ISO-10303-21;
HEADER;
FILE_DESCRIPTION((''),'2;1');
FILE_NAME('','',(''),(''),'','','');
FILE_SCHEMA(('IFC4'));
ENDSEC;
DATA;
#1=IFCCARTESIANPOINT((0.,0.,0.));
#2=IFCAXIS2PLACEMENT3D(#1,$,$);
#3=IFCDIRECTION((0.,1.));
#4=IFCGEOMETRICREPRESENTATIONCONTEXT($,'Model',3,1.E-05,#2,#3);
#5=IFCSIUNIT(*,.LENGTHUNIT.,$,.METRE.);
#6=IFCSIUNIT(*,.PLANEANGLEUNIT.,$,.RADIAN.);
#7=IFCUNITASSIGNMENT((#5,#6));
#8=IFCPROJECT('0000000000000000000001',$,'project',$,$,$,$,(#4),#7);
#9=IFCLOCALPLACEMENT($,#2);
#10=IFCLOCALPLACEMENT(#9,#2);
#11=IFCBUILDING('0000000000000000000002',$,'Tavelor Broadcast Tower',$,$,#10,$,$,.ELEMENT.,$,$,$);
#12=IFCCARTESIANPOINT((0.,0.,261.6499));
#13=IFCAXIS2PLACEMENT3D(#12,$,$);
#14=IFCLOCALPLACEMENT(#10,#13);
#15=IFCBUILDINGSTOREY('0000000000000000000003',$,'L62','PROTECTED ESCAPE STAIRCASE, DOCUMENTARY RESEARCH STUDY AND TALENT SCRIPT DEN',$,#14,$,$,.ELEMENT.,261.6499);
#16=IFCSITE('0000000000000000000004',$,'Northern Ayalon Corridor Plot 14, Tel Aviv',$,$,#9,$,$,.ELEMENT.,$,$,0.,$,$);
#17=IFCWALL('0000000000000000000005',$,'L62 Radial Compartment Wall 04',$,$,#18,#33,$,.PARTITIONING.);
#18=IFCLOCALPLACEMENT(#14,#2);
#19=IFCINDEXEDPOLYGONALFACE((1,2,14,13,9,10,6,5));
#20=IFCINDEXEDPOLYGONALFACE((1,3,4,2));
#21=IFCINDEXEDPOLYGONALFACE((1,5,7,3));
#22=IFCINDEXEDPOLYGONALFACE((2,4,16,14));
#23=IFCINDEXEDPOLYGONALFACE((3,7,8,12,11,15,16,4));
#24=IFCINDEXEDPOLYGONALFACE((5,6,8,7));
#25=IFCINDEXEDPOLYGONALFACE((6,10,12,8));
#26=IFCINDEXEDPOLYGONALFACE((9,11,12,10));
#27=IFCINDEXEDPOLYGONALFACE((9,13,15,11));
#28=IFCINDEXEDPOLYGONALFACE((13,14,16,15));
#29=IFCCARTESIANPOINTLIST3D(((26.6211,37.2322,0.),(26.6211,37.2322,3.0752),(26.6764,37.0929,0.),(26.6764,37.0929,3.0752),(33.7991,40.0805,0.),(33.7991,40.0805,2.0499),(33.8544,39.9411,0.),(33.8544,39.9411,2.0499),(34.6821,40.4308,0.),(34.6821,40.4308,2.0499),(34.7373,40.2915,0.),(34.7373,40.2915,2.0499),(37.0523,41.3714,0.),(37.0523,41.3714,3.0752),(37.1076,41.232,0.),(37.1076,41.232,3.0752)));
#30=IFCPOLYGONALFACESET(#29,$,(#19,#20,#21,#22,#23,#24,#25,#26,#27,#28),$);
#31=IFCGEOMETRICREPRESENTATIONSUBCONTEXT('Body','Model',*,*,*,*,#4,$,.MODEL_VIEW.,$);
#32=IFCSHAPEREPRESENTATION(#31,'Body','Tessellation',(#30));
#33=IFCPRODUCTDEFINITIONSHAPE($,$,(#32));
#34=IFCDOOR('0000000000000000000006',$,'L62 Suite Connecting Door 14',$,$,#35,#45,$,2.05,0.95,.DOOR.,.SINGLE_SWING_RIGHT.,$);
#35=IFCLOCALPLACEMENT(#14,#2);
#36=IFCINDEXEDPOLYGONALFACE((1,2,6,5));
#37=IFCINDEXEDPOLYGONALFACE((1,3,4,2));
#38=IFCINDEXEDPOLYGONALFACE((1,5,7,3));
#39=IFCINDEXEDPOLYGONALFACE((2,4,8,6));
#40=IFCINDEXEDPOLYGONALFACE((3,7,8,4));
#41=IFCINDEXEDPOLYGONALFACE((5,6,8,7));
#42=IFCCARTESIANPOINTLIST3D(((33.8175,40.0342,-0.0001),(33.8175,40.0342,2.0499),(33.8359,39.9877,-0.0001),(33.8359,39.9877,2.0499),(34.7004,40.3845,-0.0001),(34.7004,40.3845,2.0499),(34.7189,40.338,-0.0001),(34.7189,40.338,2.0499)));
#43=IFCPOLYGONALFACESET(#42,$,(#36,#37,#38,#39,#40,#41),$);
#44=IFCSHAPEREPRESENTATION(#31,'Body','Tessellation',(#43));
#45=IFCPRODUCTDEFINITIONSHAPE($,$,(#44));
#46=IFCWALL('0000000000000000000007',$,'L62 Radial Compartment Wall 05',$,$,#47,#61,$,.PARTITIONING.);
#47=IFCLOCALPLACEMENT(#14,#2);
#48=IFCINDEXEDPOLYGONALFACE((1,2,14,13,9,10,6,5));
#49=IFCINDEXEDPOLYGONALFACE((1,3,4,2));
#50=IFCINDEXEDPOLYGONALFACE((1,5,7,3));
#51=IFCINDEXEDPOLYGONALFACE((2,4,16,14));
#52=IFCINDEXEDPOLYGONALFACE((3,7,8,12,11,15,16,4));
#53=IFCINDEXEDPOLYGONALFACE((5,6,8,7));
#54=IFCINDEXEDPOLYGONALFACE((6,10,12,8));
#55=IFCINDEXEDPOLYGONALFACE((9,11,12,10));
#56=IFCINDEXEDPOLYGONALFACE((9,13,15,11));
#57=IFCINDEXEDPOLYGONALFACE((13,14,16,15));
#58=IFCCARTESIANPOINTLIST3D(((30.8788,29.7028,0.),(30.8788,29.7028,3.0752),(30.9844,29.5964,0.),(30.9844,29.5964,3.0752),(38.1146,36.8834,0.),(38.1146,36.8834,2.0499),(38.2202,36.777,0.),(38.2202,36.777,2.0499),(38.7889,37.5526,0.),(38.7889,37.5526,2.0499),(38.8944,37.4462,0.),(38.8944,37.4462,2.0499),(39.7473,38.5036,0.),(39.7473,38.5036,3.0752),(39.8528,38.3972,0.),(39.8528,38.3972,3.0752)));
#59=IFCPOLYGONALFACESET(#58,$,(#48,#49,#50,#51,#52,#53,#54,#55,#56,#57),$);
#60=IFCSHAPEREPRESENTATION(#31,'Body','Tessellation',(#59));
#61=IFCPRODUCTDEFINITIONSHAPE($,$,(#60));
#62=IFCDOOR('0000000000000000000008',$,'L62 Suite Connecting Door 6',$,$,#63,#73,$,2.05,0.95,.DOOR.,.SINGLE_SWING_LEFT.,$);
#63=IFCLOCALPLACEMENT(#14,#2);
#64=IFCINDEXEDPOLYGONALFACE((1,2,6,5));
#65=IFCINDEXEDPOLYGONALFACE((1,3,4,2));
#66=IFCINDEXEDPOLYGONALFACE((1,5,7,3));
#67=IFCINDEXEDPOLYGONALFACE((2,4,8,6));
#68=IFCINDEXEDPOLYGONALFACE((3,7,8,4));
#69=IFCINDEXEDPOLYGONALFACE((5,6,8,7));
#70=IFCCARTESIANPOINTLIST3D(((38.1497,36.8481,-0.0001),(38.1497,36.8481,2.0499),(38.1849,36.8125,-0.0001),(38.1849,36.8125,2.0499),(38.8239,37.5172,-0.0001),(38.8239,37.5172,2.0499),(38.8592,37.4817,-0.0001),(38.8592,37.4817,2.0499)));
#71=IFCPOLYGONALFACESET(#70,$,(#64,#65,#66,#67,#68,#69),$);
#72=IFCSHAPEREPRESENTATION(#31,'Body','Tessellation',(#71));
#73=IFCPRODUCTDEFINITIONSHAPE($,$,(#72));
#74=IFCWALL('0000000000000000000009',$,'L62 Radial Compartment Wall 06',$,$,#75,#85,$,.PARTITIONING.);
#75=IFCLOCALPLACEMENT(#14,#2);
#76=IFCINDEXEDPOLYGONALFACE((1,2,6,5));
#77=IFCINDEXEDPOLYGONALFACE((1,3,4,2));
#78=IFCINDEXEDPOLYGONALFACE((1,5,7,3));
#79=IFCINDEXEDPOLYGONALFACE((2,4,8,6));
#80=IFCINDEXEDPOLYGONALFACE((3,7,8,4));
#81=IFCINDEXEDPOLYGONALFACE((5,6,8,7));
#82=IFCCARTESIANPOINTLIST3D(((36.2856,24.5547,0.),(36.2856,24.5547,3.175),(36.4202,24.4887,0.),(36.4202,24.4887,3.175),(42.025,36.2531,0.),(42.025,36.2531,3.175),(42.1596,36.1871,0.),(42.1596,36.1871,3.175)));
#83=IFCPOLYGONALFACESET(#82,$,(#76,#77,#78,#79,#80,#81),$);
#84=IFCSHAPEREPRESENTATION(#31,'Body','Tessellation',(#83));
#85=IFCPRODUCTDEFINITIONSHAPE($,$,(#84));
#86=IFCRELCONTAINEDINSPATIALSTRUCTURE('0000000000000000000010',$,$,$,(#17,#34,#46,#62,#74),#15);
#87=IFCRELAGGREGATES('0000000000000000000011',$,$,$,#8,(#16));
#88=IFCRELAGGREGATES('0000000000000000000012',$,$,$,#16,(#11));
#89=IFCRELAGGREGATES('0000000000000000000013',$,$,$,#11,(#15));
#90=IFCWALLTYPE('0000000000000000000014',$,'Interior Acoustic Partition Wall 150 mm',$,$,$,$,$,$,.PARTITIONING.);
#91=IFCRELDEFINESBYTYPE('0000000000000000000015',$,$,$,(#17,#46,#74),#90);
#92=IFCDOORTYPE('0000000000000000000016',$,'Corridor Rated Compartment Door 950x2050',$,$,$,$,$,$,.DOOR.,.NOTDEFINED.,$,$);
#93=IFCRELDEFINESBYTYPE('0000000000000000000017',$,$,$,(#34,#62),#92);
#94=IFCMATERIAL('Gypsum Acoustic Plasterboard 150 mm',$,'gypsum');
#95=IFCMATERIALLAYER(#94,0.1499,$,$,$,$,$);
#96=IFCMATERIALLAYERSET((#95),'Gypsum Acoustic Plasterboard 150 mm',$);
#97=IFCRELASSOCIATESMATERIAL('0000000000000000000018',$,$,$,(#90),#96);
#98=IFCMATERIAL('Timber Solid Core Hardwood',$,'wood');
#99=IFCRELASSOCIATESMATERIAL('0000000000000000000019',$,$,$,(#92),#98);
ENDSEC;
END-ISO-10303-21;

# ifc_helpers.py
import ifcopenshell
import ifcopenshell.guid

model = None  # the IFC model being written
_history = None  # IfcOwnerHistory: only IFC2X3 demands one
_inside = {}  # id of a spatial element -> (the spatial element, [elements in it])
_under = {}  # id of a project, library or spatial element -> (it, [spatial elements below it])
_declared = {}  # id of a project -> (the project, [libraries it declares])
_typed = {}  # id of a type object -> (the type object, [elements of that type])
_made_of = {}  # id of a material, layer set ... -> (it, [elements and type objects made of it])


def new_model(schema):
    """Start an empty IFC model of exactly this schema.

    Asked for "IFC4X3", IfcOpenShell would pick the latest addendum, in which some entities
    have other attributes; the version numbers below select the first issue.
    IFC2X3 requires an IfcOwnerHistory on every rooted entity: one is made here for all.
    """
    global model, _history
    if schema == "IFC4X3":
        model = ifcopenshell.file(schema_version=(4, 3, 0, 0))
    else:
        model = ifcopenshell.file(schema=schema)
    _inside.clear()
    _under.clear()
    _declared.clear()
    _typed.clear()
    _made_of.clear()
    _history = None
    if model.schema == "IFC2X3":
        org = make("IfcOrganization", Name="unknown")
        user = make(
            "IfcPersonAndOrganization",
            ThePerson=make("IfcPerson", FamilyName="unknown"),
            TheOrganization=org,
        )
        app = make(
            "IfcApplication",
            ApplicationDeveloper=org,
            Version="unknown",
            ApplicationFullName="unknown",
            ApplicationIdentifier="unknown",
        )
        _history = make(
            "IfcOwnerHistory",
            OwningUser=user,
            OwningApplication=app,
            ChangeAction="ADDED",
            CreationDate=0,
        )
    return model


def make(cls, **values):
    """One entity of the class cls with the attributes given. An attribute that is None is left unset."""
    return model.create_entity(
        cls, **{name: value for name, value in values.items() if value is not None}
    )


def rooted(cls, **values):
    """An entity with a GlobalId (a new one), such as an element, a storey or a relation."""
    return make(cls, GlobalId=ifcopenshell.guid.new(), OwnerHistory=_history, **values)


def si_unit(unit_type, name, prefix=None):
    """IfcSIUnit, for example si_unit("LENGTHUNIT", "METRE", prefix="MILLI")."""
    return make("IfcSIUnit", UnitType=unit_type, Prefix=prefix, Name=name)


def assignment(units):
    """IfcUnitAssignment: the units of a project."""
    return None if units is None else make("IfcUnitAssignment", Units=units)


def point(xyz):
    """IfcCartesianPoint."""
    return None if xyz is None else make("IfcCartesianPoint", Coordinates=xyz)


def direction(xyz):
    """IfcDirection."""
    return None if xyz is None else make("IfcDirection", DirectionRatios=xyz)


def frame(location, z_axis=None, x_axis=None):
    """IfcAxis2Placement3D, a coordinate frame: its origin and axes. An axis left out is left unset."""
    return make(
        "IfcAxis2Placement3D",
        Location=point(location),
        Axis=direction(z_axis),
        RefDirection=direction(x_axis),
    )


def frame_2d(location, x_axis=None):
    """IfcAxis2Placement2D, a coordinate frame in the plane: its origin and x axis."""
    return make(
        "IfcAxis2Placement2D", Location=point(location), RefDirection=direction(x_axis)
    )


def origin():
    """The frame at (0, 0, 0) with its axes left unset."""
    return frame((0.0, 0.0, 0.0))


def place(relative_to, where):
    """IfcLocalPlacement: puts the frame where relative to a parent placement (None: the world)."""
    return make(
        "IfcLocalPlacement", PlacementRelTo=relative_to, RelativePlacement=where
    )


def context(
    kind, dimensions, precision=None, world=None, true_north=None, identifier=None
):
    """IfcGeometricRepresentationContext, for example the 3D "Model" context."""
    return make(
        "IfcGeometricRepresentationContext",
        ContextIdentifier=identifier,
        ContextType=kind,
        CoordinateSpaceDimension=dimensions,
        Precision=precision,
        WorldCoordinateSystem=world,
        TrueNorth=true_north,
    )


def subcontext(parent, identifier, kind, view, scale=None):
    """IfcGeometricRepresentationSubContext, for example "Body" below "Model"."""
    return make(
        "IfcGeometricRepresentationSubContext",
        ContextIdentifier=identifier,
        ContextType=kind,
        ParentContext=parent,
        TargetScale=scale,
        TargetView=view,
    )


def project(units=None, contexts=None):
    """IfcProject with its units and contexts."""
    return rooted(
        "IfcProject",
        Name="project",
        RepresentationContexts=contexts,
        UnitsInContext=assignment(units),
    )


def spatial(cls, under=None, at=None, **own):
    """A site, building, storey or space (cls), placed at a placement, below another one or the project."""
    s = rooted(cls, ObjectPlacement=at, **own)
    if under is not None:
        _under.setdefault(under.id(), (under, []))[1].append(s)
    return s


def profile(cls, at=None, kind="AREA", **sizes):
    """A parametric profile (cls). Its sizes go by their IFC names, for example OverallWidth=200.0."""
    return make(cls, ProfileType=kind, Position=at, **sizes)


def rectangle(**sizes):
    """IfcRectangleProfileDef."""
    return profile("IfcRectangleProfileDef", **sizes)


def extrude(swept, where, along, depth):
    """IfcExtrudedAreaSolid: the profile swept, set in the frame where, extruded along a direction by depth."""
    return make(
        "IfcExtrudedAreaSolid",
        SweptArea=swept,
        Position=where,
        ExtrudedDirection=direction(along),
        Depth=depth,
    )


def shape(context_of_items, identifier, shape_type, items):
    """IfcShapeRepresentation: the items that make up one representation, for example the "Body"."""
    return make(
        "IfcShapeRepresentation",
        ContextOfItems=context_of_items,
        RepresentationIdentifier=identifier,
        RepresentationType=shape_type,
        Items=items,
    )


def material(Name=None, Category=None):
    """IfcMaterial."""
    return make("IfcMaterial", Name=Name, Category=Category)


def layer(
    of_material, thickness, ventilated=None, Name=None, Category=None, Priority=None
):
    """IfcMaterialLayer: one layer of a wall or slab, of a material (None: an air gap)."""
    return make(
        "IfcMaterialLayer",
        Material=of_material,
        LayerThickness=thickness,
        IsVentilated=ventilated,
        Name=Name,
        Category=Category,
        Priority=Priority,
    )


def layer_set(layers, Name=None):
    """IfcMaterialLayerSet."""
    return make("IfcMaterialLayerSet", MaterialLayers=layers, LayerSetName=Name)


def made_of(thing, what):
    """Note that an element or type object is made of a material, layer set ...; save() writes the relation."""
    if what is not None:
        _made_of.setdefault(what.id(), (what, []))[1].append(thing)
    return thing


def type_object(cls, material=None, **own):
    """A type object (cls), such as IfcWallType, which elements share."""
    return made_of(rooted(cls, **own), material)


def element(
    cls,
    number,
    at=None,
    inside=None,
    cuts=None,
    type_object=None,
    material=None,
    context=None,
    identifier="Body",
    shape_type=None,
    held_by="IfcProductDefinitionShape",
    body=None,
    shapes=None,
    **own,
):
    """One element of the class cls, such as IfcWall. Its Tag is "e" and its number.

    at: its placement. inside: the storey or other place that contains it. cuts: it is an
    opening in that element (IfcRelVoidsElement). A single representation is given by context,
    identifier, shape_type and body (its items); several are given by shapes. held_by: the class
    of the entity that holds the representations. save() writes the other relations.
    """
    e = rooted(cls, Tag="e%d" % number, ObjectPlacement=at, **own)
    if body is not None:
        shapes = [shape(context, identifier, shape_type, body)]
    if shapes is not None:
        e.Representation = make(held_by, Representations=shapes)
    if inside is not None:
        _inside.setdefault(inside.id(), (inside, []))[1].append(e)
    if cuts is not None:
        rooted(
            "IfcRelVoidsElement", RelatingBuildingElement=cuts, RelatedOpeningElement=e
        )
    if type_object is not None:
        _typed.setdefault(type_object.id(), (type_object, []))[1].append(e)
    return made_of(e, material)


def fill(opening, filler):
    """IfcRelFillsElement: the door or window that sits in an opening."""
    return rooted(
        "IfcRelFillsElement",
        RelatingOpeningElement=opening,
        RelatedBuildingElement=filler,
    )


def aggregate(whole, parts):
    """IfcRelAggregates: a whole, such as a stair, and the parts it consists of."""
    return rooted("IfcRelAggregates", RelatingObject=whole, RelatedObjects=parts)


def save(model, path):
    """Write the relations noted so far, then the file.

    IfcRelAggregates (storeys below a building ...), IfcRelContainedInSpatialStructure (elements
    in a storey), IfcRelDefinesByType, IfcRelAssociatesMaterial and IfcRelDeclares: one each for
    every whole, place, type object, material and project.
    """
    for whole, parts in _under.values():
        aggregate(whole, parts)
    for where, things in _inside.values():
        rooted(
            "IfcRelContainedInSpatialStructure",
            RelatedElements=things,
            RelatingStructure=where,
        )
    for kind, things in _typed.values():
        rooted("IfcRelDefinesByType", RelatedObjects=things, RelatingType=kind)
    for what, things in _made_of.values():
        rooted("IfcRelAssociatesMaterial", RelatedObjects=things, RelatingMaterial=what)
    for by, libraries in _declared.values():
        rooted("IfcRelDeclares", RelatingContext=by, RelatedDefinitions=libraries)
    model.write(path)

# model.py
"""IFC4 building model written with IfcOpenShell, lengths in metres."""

from ifc_helpers import new_model, si_unit, direction, frame, frame_2d, origin, place, context, subcontext, project, spatial, rectangle, extrude, material, layer, layer_set, type_object, element, fill, save


model = new_model("IFC4")

# Units and contexts
model_context = context("Model", 3, precision=1e-05, world=origin(), true_north=direction((0.0, 1.0)))
body_context = subcontext(model_context, "Body", "Model", "MODEL_VIEW")
ifc_project = project(units=[si_unit("LENGTHUNIT", "METRE"), si_unit("PLANEANGLEUNIT", "RADIAN")], contexts=[model_context])

# Site, building, storey
site_placement = place(None, origin())
site = spatial("IfcSite", under=ifc_project, at=site_placement, Name="Northern Ayalon Corridor Plot 14, Tel Aviv", CompositionType="ELEMENT", RefElevation=0.0)
building_placement = place(site_placement, origin())
building = spatial("IfcBuilding", under=site, at=building_placement, Name="Tavelor Broadcast Tower", CompositionType="ELEMENT")
storey_placement = place(building_placement, frame((0.0, 0.0, 261.6499)))
storey = spatial("IfcBuildingStorey", under=building, at=storey_placement, Name="L62", Description="PROTECTED ESCAPE STAIRCASE, DOCUMENTARY RESEARCH STUDY AND TALENT SCRIPT DEN", CompositionType="ELEMENT", Elevation=261.6499)

# Shared definitions
ifc_material_1 = material(Name="Gypsum Acoustic Plasterboard 150 mm", Category="gypsum")
ifc_layer_1 = layer(ifc_material_1, 0.1499)
ifc_layer_set_1 = layer_set([ifc_layer_1], Name="Gypsum Acoustic Plasterboard 150 mm")
wall_type_1 = type_object("IfcWallType", Name="Interior Acoustic Partition Wall 150 mm", PredefinedType="PARTITIONING", material=ifc_layer_set_1)
ifc_material_2 = material(Name="Timber Solid Core Hardwood", Category="wood")
door_type_1 = type_object("IfcDoorType", Name="Corridor Rated Compartment Door 950x2050", OperationType="NOTDEFINED", PredefinedType="DOOR", material=ifc_material_2)

# Walls, openings, doors
wall_1_placement = place(storey_placement, frame((37.0801, 41.3018, 0.0), z_axis=(0.0, 0.0, 1.0), x_axis=(-0.929496, -0.368831, 0.0)))
wall_1 = element("IfcWall", 1, at=wall_1_placement, inside=storey, type_object=wall_type_1, Name="L62 Radial Compartment Wall 04", PredefinedType="PARTITIONING", context=body_context, shape_type="SweptSolid", body=[
    extrude(rectangle(XDim=11.2224, YDim=0.1499, at=frame_2d((5.6113, 0.0))), origin(), (0.0, 0.0, 1.0), 3.0752),
])
opening_1_placement = place(wall_1_placement, frame((2.55, 0.0, 0.0)))
opening_1 = element("IfcOpeningElement", 2, at=opening_1_placement, cuts=wall_1, PredefinedType="OPENING", context=body_context, shape_type="SweptSolid", body=[
    extrude(rectangle(XDim=0.95, YDim=2.05, at=frame_2d((0.4751, 1.0249))), frame((0.0, 0.085, 0.0), z_axis=(0.0, -1.0, 0.0), x_axis=(1.0, 0.0, 0.0)), (0.0, 0.0, 1.0), 0.1699),
])
door_1_placement = place(opening_1_placement, origin())
door_1 = element("IfcDoor", 3, at=door_1_placement, inside=storey, type_object=door_type_1, Name="L62 Suite Connecting Door 14", OperationType="SINGLE_SWING_RIGHT", OverallHeight=2.05, OverallWidth=0.95, PredefinedType="DOOR", context=body_context, shape_type="SweptSolid", body=[
    extrude(rectangle(XDim=0.95, YDim=2.05, at=frame_2d((0.4751, 1.0249))), frame((0.0, 0.0249, 0.0), z_axis=(0.0, -1.0, 0.0), x_axis=(1.0, 0.0, 0.0)), (0.0, 0.0, 1.0), 0.05),
])
fill(opening_1, door_1)
wall_2_placement = place(storey_placement, frame((39.8, 38.4504, 0.0), z_axis=(0.0, 0.0, 1.0), x_axis=(-0.709808, -0.704395, 0.0)))
wall_2 = element("IfcWall", 4, at=wall_2_placement, inside=storey, type_object=wall_type_1, Name="L62 Radial Compartment Wall 05", PredefinedType="PARTITIONING", context=body_context, shape_type="SweptSolid", body=[
    extrude(rectangle(XDim=12.4941, YDim=0.1499, at=frame_2d((6.2471, 0.0))), origin(), (0.0, 0.0, 1.0), 3.0752),
])
opening_2_placement = place(wall_2_placement, frame((1.3501, 0.0, 0.0)))
opening_2 = element("IfcOpeningElement", 5, at=opening_2_placement, cuts=wall_2, PredefinedType="OPENING", context=body_context, shape_type="SweptSolid", body=[
    extrude(rectangle(XDim=0.95, YDim=2.05, at=frame_2d((0.4751, 1.0249))), frame((0.0, 0.085, 0.0), z_axis=(0.0, -1.0, 0.0), x_axis=(1.0, 0.0, 0.0)), (0.0, 0.0, 1.0), 0.1699),
])
door_2_placement = place(opening_2_placement, origin())
door_2 = element("IfcDoor", 6, at=door_2_placement, inside=storey, type_object=door_type_1, Name="L62 Suite Connecting Door 6", OperationType="SINGLE_SWING_LEFT", OverallHeight=2.05, OverallWidth=0.95, PredefinedType="DOOR", context=body_context, shape_type="SweptSolid", body=[
    extrude(rectangle(XDim=0.95, YDim=2.05, at=frame_2d((0.4751, 1.0249))), frame((0.0, 0.0249, 0.0), z_axis=(0.0, -1.0, 0.0), x_axis=(1.0, 0.0, 0.0)), (0.0, 0.0, 1.0), 0.05),
])
fill(opening_2, door_2)

# Wall
wall_3_placement = place(storey_placement, frame((42.0923, 36.22, 0.0), z_axis=(0.0, 0.0, 1.0), x_axis=(-0.440463, -0.897771, 0.0)))
element("IfcWall", 7, at=wall_3_placement, inside=storey, type_object=wall_type_1, Name="L62 Radial Compartment Wall 06", PredefinedType="PARTITIONING", context=body_context, shape_type="SweptSolid", body=[
    extrude(rectangle(XDim=13.0305, YDim=0.1499, at=frame_2d((6.5151, 0.0))), origin(), (0.0, 0.0, 1.0), 3.175),
])

save(model, "model.ifc")
